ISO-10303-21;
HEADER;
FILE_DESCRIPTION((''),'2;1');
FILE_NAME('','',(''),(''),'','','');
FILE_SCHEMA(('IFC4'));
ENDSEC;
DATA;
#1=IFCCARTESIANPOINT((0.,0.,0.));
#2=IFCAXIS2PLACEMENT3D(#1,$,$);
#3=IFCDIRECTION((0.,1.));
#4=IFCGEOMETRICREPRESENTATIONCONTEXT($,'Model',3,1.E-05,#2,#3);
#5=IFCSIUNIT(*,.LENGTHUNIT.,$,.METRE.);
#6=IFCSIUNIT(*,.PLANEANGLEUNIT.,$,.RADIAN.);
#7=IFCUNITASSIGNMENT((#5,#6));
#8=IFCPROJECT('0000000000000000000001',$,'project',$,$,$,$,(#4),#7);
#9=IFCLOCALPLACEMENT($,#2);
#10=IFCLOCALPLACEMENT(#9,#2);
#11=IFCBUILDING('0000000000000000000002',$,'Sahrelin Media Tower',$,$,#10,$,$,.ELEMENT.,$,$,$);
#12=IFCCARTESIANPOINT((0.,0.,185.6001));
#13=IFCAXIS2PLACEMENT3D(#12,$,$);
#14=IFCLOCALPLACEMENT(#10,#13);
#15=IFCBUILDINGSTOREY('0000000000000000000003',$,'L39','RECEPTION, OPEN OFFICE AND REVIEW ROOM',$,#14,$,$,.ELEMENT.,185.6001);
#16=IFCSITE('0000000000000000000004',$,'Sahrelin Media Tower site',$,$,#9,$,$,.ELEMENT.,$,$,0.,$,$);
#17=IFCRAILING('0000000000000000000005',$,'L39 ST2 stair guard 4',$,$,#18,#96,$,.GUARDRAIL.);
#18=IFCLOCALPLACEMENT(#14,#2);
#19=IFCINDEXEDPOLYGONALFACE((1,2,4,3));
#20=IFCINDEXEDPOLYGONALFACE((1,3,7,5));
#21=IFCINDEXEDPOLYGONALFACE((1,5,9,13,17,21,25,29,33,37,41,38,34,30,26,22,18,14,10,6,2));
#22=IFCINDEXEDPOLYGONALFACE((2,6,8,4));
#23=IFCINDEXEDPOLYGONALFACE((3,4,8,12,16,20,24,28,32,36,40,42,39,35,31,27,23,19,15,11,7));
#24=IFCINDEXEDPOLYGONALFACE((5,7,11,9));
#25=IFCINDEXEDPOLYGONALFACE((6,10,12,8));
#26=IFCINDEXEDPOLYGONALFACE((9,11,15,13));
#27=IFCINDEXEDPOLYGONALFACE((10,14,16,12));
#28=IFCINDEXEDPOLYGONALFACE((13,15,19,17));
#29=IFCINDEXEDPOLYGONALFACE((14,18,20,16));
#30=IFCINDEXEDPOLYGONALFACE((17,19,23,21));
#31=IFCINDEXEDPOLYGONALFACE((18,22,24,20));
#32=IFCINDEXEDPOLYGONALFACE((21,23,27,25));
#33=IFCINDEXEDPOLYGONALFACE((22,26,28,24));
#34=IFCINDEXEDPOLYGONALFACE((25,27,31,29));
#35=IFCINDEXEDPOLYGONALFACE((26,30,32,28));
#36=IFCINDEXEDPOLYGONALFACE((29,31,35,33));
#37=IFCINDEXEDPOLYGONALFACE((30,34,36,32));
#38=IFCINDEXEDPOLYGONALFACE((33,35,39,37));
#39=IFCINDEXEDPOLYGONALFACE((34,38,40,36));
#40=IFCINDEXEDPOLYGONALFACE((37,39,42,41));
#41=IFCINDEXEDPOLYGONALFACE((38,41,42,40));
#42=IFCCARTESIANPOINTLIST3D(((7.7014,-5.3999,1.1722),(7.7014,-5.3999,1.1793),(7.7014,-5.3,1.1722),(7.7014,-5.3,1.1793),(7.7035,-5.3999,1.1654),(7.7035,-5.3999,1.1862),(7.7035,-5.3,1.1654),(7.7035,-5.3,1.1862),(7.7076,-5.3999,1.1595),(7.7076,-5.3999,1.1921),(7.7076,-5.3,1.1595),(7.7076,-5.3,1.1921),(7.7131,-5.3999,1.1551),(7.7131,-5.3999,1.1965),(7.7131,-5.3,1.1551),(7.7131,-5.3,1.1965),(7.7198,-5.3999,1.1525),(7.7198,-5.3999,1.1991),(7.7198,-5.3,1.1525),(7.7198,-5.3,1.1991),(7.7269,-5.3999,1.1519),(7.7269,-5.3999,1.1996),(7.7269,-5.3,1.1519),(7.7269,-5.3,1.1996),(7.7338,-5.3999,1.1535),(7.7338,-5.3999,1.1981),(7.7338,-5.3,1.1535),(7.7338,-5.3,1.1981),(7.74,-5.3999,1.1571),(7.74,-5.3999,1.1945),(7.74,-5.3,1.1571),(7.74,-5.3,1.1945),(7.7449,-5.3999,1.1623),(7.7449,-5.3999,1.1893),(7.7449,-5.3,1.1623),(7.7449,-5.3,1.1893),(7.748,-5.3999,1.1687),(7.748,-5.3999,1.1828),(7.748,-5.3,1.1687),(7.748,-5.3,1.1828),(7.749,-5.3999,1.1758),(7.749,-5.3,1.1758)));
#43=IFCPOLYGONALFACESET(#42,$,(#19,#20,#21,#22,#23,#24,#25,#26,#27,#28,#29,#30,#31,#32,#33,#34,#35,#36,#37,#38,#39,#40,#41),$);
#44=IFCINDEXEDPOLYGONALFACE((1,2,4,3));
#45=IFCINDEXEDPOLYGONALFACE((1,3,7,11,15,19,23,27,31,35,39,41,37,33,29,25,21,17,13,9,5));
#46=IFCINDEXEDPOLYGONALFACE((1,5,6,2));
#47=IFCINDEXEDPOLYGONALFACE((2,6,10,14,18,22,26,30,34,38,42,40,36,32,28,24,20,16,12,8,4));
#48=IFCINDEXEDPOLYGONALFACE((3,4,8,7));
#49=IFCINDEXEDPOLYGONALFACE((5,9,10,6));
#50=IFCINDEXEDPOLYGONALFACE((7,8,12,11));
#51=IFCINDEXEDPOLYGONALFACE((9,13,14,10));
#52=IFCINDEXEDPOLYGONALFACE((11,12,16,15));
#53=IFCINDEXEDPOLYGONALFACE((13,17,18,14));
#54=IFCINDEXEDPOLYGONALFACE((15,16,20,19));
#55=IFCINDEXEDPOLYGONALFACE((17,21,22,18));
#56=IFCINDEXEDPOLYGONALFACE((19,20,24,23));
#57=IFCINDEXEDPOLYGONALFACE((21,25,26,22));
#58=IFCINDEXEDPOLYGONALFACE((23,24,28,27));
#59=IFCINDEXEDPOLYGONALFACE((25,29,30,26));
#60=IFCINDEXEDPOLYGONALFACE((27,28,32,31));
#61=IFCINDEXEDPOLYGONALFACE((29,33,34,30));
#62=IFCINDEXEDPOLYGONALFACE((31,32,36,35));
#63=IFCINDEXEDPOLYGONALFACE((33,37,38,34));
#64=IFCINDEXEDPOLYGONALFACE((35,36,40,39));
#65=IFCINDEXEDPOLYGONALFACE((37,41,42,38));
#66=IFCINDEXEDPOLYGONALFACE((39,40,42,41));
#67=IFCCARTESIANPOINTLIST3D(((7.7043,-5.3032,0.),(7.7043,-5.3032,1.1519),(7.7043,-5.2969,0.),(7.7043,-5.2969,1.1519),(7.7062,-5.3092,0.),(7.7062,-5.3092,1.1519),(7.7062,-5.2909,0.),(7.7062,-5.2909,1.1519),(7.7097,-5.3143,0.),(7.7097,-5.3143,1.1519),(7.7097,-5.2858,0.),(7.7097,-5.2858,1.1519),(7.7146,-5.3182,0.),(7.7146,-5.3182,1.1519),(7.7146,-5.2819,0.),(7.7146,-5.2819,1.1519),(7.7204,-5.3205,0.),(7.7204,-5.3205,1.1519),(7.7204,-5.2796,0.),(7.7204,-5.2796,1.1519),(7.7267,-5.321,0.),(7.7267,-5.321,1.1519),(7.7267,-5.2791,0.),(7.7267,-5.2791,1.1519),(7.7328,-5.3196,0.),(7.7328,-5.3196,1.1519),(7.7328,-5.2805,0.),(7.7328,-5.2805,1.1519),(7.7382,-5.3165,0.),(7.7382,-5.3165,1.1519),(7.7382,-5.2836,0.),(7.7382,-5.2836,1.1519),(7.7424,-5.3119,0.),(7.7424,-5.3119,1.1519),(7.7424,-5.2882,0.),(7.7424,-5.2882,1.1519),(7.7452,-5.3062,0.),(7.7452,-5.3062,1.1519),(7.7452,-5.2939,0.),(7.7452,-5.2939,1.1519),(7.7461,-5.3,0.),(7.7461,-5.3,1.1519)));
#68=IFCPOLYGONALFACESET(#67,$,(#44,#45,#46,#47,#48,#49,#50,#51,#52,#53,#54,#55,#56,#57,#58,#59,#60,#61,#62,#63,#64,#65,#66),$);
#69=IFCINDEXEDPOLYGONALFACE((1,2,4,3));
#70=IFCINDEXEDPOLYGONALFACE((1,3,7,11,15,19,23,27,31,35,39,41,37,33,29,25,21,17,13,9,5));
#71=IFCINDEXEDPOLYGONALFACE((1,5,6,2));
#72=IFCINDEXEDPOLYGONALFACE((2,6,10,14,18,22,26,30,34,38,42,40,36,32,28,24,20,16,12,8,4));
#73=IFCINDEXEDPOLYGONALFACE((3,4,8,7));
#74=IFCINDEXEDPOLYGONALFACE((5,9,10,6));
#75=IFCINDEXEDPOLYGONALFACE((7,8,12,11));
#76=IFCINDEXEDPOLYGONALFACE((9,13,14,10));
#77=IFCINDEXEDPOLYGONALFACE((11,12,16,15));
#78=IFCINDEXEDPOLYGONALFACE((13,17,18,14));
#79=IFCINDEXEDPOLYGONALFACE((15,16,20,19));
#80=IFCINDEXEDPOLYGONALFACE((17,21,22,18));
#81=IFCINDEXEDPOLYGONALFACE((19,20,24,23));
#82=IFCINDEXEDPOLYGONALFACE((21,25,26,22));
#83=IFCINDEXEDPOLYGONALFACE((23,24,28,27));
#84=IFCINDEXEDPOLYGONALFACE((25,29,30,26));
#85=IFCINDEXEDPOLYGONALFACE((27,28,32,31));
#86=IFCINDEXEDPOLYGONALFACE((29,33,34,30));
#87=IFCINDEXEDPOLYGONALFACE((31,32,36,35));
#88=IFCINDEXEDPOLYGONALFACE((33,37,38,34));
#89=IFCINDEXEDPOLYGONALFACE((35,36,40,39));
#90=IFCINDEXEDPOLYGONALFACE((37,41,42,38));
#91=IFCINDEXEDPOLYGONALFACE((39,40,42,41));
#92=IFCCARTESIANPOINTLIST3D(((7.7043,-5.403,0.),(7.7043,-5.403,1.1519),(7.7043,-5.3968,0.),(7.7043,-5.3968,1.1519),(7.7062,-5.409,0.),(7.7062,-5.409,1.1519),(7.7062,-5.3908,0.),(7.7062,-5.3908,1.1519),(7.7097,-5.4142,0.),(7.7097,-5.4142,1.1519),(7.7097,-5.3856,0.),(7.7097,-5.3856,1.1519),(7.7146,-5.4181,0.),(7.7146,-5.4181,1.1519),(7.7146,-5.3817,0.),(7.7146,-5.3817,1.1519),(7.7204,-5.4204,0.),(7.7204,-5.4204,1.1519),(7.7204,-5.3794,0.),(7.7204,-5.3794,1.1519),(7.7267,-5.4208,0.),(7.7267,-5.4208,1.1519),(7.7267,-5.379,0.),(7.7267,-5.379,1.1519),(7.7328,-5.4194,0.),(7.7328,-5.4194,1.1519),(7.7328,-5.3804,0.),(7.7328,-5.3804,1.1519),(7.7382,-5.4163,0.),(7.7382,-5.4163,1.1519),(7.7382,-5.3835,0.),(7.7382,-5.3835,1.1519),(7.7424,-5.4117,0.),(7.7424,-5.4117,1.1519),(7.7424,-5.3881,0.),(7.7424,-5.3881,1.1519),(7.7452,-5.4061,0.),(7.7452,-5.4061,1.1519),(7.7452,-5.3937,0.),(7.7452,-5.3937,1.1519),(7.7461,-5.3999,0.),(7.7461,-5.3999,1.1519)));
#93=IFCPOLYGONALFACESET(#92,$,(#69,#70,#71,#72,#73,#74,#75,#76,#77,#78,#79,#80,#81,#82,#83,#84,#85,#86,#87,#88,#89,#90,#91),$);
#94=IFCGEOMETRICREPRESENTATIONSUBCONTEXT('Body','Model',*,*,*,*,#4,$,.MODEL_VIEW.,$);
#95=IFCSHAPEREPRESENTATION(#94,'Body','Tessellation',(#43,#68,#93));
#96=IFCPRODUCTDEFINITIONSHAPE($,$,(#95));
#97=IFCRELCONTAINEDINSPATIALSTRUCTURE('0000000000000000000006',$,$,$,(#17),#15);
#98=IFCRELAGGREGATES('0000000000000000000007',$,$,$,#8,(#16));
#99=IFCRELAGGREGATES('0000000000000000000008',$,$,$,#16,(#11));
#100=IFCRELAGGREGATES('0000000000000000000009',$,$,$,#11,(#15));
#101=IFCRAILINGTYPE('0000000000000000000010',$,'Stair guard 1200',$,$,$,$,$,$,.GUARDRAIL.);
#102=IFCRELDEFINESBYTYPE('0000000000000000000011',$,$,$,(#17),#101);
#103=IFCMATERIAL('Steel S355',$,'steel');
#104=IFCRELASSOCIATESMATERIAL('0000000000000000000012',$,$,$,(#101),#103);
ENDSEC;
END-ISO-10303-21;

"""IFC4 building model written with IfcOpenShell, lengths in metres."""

from ifc_helpers import new_model, si_unit, direction, frame, origin, origin_2d, place, context, subcontext, project, spatial, circle, extrude, material, type_object, element, save


model = new_model("IFC4")

# Units and contexts
model_context = context("Model", 3, precision=1e-05, world=origin(), true_north=direction((0.0, 1.0)))
body_context = subcontext(model_context, "Body", "Model", "MODEL_VIEW")
ifc_project = project(units=[si_unit("LENGTHUNIT", "METRE"), si_unit("PLANEANGLEUNIT", "RADIAN")], contexts=[model_context])

# Site, building, storey
site_placement = place(None, origin())
site = spatial("IfcSite", under=ifc_project, at=site_placement, Name="Sahrelin Media Tower site", CompositionType="ELEMENT", RefElevation=0.0)
building_placement = place(site_placement, origin())
building = spatial("IfcBuilding", under=site, at=building_placement, Name="Sahrelin Media Tower", CompositionType="ELEMENT")
storey_placement = place(building_placement, frame((0.0, 0.0, 185.6001)))
storey = spatial("IfcBuildingStorey", under=building, at=storey_placement, Name="L39", Description="RECEPTION, OPEN OFFICE AND REVIEW ROOM", CompositionType="ELEMENT", Elevation=185.6001)

# Shared definitions
ifc_material_1 = material(Name="Steel S355", Category="steel")

# Railing
railing_type_1 = type_object("IfcRailingType", Name="Stair guard 1200", PredefinedType="GUARDRAIL", material=ifc_material_1)
railing_1_placement = place(storey_placement, frame((7.7251, -5.3, 0.0)))
element("IfcRailing", 1, at=railing_1_placement, inside=storey, type_object=railing_type_1, Name="L39 ST2 stair guard 4", PredefinedType="GUARDRAIL", context=body_context, shape_type="SweptSolid", body=[
    extrude(circle(Radius=0.0239, at=origin_2d()), frame((0.0, 0.0, 1.1758), z_axis=(0.0, -1.0, 0.0), x_axis=(1.0, 0.0, 0.0)), (0.0, 0.0, 1.0), 0.0999),
    extrude(circle(Radius=0.021, at=origin_2d()), origin(), (0.0, 0.0, 1.0), 1.1519),
    extrude(circle(Radius=0.021, at=origin_2d()), frame((0.0, -0.0999, 0.0)), (0.0, 0.0, 1.0), 1.1519),
])

save(model, "model.ifc")
